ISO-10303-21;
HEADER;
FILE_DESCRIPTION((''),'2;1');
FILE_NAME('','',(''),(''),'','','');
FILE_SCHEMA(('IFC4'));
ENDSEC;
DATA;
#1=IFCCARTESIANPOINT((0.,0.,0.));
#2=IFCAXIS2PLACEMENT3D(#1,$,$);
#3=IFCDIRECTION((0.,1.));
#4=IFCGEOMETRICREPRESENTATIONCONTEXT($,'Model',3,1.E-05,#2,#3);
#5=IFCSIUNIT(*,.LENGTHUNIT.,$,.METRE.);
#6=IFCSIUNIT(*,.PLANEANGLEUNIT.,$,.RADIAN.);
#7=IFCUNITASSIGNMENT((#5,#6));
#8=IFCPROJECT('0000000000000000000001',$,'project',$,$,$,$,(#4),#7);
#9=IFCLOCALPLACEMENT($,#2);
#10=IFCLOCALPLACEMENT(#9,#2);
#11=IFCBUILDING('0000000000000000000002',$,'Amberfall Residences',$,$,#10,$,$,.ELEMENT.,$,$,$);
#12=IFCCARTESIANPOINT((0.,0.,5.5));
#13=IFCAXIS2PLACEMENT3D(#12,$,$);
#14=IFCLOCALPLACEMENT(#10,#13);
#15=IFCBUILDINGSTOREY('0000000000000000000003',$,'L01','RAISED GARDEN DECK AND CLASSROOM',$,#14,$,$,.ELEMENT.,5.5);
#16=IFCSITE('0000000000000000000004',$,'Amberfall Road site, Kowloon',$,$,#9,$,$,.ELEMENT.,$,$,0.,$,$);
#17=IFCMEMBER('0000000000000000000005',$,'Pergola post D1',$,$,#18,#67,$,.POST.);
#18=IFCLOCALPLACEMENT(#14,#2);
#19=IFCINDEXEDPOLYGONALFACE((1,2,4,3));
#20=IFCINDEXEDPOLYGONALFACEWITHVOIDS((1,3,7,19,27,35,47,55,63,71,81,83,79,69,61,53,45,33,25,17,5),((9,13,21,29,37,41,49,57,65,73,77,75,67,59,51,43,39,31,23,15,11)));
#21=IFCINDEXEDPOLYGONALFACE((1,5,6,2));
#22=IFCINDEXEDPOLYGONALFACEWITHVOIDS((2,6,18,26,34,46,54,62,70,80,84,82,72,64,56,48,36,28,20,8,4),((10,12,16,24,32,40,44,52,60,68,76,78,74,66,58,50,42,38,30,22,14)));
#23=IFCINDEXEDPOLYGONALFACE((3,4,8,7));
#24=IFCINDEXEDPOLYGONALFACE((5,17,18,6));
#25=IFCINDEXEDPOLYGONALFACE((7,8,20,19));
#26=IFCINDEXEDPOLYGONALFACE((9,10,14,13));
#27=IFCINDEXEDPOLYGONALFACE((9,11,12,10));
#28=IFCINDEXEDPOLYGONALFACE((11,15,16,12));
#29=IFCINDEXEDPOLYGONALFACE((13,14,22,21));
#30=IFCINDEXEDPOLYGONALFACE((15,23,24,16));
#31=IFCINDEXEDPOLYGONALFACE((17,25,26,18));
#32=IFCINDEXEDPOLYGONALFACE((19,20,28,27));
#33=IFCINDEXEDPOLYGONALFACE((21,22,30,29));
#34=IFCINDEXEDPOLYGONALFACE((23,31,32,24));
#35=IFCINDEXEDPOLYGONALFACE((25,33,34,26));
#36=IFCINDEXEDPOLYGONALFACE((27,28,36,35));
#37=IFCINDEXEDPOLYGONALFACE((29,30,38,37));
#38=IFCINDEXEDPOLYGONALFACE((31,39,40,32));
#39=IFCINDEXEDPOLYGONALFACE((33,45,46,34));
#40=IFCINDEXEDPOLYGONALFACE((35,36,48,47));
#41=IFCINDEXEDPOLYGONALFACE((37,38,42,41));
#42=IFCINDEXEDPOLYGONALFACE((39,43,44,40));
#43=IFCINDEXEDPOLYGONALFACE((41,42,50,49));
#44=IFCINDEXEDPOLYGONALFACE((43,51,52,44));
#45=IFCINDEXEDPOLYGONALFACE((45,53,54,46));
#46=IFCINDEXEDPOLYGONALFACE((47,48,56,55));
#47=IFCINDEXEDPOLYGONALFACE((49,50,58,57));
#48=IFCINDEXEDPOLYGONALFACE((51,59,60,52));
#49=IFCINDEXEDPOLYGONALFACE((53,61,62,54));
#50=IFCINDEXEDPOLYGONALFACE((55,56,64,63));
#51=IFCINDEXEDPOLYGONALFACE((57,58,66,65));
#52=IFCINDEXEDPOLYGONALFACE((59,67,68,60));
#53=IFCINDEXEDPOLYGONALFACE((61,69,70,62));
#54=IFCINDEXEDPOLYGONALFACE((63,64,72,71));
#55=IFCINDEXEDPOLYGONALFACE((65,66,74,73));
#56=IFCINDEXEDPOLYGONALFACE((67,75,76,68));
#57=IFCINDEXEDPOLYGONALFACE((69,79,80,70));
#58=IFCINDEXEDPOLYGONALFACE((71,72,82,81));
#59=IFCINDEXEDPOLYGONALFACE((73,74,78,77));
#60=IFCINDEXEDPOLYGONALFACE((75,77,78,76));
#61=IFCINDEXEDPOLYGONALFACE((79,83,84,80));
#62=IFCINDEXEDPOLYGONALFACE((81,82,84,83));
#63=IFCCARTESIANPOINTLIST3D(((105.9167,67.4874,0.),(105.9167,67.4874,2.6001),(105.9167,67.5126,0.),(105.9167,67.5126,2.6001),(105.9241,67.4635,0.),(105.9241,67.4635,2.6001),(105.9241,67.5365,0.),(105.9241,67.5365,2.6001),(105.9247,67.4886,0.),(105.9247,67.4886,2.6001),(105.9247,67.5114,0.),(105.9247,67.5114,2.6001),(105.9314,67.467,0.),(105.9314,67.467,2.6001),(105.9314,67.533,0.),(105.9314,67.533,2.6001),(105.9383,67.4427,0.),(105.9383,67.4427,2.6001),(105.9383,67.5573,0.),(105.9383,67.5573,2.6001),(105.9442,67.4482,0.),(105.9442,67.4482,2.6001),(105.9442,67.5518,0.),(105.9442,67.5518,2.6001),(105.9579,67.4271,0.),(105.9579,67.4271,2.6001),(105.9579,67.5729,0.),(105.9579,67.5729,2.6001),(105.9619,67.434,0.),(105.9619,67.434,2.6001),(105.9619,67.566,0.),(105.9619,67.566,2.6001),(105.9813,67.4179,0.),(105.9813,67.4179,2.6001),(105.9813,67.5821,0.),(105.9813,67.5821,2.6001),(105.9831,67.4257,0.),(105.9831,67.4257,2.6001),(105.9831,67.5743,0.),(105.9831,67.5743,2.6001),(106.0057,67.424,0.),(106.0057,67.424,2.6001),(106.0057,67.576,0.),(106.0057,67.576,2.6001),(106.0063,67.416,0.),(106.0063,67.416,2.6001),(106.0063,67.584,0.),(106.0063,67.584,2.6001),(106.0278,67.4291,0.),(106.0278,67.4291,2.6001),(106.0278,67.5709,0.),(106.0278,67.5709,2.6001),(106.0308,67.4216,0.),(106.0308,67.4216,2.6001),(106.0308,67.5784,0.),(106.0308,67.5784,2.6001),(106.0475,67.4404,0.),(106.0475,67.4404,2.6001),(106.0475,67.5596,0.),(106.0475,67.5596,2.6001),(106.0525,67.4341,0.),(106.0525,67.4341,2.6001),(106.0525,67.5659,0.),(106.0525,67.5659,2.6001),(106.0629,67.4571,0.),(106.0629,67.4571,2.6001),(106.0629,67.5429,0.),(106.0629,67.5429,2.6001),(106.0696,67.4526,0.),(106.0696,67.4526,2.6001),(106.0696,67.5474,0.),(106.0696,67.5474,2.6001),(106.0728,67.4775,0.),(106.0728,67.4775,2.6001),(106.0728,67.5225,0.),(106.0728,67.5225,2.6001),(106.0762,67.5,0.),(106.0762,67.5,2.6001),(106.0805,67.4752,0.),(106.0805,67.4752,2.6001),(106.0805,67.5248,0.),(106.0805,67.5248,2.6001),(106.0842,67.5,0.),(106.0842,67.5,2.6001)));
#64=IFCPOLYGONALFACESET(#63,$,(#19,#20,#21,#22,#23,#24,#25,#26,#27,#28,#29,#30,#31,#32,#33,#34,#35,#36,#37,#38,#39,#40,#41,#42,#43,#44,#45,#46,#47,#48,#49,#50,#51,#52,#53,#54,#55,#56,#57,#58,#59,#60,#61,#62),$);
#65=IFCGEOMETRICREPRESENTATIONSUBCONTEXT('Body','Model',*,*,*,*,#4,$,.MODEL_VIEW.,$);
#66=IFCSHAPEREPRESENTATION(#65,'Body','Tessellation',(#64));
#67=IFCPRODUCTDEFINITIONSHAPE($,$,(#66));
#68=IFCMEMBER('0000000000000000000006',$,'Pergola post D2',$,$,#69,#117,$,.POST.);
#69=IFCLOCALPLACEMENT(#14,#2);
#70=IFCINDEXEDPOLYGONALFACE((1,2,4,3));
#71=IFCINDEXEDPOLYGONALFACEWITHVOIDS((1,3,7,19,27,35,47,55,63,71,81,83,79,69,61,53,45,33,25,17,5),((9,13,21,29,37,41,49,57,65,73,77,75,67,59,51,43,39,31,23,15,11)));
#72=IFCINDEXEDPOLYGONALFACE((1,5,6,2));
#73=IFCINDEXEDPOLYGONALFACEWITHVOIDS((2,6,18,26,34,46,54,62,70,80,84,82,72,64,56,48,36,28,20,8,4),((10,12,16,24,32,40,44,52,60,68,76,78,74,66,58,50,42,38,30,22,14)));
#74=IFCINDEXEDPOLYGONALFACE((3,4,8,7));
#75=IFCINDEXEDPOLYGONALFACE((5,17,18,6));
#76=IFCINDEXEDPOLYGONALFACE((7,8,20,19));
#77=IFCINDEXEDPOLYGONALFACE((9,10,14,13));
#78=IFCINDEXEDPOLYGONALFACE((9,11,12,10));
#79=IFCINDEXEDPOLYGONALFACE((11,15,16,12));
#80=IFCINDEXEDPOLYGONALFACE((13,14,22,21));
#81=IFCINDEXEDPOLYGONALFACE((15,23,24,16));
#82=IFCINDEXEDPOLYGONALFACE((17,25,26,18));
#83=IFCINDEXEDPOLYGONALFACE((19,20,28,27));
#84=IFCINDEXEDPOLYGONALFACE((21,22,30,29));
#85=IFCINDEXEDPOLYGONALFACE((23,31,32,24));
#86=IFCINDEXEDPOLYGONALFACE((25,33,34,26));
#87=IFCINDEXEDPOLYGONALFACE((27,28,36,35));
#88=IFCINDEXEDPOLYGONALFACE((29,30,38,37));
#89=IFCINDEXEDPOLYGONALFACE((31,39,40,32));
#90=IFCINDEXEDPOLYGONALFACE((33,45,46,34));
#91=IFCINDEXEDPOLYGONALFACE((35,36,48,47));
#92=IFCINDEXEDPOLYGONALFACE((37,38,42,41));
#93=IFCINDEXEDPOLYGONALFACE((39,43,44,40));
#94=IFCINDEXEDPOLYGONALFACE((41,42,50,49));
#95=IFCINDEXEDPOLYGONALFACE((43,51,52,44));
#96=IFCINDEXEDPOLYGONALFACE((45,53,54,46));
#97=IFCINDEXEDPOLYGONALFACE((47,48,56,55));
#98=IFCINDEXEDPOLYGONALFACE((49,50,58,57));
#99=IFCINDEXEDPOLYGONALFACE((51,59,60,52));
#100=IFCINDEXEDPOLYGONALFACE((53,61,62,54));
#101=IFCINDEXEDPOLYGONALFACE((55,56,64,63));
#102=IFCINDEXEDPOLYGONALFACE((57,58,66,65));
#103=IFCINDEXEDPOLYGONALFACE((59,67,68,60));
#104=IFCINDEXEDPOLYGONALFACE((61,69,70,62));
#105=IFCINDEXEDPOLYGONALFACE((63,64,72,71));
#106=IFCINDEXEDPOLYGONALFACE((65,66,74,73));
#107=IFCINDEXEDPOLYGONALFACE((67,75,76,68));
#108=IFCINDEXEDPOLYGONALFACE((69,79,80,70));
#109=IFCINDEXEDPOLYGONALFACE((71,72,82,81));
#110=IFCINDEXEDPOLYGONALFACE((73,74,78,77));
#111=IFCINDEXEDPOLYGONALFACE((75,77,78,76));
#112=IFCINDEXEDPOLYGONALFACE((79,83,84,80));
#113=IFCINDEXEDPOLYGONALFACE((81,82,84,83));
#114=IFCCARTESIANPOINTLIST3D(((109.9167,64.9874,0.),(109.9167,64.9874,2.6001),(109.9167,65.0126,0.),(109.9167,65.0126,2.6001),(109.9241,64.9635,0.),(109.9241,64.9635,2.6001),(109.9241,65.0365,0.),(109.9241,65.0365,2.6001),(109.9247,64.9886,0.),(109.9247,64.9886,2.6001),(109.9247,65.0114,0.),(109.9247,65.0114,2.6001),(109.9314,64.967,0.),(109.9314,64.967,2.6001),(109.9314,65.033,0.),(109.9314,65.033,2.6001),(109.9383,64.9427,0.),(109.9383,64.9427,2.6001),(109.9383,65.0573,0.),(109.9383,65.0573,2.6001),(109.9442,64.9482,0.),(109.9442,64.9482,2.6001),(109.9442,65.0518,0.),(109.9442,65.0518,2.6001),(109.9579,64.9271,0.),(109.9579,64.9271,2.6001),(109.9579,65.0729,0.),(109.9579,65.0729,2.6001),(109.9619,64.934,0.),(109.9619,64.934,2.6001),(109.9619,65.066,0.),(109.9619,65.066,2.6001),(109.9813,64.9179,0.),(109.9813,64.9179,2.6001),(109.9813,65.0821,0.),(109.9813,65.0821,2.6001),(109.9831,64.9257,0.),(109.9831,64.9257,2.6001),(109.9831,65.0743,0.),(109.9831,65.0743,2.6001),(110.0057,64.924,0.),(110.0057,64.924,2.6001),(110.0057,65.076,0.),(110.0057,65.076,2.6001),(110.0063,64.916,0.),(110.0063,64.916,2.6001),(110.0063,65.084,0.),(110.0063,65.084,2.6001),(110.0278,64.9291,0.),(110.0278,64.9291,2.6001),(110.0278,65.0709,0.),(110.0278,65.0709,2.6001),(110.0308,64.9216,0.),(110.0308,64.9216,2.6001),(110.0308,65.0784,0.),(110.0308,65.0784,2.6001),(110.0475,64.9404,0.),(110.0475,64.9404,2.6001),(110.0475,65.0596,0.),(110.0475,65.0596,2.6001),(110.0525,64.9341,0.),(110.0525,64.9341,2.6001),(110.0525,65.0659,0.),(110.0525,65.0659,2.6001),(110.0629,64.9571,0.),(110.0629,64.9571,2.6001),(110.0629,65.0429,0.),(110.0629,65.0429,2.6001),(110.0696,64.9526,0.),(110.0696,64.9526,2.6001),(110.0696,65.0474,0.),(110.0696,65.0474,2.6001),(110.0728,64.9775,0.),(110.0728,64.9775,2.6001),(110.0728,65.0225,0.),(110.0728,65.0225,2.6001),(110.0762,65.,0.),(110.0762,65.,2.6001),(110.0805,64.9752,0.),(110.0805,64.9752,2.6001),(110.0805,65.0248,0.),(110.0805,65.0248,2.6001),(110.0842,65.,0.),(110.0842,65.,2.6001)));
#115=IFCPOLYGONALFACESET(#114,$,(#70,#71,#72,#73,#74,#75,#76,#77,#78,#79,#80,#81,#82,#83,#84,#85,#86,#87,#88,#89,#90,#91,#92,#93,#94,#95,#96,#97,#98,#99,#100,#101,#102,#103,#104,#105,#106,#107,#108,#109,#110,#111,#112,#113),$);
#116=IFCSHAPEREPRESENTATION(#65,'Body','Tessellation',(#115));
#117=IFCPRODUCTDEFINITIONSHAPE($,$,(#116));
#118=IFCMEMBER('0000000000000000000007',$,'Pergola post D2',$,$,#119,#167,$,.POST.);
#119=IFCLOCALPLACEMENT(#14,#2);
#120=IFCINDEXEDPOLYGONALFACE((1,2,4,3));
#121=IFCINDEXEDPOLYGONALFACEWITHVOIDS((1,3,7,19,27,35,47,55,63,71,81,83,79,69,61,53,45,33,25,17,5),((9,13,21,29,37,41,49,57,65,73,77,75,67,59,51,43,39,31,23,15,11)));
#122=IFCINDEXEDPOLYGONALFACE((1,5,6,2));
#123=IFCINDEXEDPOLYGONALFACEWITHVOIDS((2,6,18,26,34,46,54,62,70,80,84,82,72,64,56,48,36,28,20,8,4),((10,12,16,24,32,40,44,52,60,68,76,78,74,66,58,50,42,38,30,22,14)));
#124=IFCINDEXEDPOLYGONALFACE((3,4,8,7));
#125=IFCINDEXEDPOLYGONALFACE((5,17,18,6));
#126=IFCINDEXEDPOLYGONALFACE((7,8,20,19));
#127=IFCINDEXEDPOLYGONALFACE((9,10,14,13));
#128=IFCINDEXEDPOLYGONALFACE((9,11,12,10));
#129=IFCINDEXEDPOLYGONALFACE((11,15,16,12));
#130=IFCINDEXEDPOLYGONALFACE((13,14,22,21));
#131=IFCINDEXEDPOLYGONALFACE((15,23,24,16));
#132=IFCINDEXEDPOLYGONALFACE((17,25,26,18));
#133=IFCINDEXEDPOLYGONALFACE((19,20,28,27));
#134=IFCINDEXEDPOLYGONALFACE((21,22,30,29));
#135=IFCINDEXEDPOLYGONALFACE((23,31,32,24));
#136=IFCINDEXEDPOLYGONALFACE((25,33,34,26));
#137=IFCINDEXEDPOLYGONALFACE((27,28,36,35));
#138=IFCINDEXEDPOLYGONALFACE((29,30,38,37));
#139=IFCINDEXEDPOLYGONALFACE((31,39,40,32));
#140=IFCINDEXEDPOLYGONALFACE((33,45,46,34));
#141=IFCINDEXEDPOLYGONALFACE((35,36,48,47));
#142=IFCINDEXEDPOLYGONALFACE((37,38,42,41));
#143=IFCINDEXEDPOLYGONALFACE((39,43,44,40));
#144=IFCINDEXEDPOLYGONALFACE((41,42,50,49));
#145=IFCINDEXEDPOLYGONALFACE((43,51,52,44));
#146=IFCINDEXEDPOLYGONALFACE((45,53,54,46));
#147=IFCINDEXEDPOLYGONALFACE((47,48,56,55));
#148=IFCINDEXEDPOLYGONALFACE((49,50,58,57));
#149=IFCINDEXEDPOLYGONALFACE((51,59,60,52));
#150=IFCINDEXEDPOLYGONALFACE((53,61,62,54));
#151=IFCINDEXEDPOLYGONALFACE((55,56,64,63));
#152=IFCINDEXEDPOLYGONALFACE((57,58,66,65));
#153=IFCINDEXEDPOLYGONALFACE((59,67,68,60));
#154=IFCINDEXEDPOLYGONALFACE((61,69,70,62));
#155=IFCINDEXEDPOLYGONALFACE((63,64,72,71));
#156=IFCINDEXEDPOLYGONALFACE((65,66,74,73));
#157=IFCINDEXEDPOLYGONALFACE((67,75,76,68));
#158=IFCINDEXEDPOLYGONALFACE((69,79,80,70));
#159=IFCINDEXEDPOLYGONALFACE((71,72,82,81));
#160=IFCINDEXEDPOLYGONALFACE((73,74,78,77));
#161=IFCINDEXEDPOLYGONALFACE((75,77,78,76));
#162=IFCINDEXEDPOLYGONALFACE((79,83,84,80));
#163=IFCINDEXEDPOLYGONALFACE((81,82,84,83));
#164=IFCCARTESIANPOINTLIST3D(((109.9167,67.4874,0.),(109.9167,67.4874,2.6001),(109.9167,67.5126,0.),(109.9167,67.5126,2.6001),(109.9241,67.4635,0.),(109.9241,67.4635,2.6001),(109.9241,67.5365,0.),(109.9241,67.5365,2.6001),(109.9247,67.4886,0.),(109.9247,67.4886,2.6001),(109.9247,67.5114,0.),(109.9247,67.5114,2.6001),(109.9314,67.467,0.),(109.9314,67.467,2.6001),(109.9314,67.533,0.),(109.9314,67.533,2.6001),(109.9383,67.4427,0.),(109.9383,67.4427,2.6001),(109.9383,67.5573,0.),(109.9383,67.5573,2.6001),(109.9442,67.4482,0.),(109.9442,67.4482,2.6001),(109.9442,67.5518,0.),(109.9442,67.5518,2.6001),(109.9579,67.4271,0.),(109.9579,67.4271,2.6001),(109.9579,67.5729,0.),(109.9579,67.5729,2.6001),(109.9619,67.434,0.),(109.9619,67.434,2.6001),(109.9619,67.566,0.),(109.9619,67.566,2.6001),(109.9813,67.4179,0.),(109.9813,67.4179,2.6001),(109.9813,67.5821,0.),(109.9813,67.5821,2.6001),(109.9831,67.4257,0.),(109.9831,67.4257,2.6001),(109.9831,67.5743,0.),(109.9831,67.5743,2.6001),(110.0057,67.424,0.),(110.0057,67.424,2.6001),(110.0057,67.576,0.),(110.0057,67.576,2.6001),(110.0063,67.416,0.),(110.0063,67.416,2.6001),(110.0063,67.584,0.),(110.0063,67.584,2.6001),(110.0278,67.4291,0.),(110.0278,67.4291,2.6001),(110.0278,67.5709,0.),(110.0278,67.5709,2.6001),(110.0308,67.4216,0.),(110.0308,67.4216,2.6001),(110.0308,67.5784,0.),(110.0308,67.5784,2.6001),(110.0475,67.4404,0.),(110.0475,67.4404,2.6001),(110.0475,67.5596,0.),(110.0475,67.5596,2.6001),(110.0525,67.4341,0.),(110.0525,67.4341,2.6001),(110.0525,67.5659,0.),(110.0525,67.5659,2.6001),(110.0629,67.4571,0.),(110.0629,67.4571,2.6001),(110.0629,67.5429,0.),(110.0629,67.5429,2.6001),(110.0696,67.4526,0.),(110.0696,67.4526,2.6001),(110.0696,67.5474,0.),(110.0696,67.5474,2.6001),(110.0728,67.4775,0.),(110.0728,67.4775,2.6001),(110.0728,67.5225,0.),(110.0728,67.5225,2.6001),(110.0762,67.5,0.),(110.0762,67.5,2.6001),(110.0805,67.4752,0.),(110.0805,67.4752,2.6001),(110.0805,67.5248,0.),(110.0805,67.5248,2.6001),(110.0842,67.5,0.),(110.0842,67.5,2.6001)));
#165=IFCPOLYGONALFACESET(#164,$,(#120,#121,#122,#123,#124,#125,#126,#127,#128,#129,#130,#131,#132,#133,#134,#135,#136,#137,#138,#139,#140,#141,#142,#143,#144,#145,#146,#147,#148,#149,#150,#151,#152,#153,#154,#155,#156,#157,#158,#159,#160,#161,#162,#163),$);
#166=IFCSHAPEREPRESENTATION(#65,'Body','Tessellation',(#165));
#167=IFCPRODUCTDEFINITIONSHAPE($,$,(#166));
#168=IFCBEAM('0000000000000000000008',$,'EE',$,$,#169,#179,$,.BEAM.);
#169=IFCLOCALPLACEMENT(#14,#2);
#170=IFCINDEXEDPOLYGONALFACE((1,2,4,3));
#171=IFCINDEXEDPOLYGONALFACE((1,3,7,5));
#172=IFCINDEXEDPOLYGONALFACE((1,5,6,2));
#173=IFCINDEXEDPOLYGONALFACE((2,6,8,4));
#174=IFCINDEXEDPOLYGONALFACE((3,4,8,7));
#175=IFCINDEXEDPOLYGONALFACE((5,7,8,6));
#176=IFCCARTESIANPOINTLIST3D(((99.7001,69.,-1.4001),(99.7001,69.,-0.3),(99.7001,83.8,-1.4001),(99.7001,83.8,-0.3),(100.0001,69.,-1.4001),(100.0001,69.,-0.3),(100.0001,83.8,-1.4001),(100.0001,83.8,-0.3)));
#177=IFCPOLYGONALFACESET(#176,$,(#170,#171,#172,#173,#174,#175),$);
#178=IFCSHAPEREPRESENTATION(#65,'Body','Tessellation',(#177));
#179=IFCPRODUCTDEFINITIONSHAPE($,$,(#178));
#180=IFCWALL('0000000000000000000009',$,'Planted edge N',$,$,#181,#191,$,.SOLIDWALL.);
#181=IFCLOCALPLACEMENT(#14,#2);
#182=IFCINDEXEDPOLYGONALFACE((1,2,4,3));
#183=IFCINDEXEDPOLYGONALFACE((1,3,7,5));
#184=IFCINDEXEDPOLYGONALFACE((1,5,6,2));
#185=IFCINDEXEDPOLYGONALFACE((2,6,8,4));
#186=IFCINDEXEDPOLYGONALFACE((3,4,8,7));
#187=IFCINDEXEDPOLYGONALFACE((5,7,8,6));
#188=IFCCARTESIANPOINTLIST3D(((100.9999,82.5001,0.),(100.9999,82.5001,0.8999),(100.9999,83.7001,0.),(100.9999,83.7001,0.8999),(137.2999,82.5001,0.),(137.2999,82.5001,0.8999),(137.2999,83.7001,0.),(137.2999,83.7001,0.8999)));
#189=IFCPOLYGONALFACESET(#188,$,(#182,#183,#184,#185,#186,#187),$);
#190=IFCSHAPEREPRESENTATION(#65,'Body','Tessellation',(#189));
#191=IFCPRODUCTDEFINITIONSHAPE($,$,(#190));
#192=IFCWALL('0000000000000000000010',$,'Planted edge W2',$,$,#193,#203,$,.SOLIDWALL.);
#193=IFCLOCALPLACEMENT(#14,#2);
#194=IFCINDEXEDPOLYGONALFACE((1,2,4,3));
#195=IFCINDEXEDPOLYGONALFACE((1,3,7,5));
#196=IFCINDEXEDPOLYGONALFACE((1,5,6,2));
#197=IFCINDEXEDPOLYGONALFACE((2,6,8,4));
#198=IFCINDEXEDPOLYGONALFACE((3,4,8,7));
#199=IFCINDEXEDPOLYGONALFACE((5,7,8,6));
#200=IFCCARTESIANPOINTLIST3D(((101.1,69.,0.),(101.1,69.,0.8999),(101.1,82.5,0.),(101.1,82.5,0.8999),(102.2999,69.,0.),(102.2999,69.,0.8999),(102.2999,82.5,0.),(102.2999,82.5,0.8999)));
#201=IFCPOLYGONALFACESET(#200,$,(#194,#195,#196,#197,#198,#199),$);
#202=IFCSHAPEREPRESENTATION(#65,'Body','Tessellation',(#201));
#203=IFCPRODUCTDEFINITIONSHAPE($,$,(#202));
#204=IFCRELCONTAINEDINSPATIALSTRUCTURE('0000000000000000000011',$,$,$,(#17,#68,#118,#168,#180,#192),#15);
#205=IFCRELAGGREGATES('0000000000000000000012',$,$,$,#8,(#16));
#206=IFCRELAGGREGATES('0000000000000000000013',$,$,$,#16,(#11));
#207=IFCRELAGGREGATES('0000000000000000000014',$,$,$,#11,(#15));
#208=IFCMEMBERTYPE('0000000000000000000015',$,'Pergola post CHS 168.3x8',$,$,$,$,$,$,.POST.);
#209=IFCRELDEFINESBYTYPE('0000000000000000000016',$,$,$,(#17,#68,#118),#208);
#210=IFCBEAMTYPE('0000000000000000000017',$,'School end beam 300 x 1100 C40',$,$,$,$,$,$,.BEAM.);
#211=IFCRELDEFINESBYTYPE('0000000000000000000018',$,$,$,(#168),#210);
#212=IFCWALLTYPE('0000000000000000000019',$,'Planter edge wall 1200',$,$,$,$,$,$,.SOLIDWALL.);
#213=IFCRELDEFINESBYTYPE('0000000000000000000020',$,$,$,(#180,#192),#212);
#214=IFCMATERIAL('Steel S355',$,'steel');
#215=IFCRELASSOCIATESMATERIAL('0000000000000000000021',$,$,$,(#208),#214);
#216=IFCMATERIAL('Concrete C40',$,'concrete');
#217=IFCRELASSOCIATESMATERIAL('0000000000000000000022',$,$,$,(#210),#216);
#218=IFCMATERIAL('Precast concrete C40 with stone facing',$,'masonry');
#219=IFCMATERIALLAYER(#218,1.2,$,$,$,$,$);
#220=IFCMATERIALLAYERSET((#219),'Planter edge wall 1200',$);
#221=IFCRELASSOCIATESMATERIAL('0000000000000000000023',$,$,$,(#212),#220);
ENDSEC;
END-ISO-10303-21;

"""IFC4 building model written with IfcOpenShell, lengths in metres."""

from ifc_helpers import new_model, si_unit, direction, frame, frame_2d, origin, origin_2d, place, context, subcontext, project, spatial, rectangle, hollow_circle, extrude, material, layer, layer_set, material_profile, profile_set, type_object, element, save


model = new_model("IFC4")

# Units and contexts
model_context = context("Model", 3, precision=1e-05, world=origin(), true_north=direction((0.0, 1.0)))
body_context = subcontext(model_context, "Body", "Model", "MODEL_VIEW")
ifc_project = project(units=[si_unit("LENGTHUNIT", "METRE"), si_unit("PLANEANGLEUNIT", "RADIAN")], contexts=[model_context])

# Site, building, storey
site_placement = place(None, origin())
site = spatial("IfcSite", under=ifc_project, at=site_placement, Name="Amberfall Road site, Kowloon", CompositionType="ELEMENT", RefElevation=0.0)
building_placement = place(site_placement, origin())
building = spatial("IfcBuilding", under=site, at=building_placement, Name="Amberfall Residences", CompositionType="ELEMENT")
storey_placement = place(building_placement, frame((0.0, 0.0, 5.5)))
storey = spatial("IfcBuildingStorey", under=building, at=storey_placement, Name="L01", Description="RAISED GARDEN DECK AND CLASSROOM", CompositionType="ELEMENT", Elevation=5.5)

# Members
ifc_material_1 = material(Name="Steel S355", Category="steel")
ifc_material_profile_1 = material_profile(ifc_material_1, hollow_circle(Radius=0.0842, WallThickness=0.0081, at=origin_2d()), Name="CHS 168.3x8")
ifc_profile_set_1 = profile_set([ifc_material_profile_1], Name="Steel S355")
member_type_1 = type_object("IfcMemberType", Name="Pergola post CHS 168.3x8", PredefinedType="POST", material=ifc_profile_set_1)
for number, where, z_axis, x_axis, name in (
    (1, (106.0, 67.5, 0.0), (0.0, 0.0, 1.0), (1.0, 0.0, 0.0), "Pergola post D1"),
    (2, (110.0, 65.0, 0.0), (0.0, 0.0, 1.0), (1.0, 0.0, 0.0), "Pergola post D2"),
    (3, (110.0, 67.5, 0.0), (0.0, 0.0, 1.0), (1.0, 0.0, 0.0), "Pergola post D2"),
):
    element("IfcMember", number, at=place(storey_placement, frame(where, z_axis=z_axis, x_axis=x_axis)), inside=storey, type_object=member_type_1, Name=name, PredefinedType="POST", context=body_context, shape_type="SweptSolid", body=[
        extrude(hollow_circle(Radius=0.0842, WallThickness=0.0081, at=origin_2d()), origin(), (0.0, 0.0, 1.0), 2.6001),
    ])

# Beam
ifc_material_2 = material(Name="Concrete C40", Category="concrete")
ifc_material_profile_2 = material_profile(ifc_material_2, rectangle(XDim=0.3, YDim=1.1001, at=origin_2d()), Name="School end beam 300 x 1100 C40")
ifc_profile_set_2 = profile_set([ifc_material_profile_2], Name="Concrete C40")
beam_type = type_object("IfcBeamType", Name="School end beam 300 x 1100 C40", PredefinedType="BEAM", material=ifc_profile_set_2)
beam_placement = place(storey_placement, frame((99.8501, 69.0, -0.8501), z_axis=(0.0, 1.0, 0.0), x_axis=(-1.0, 0.0, 0.0)))
element("IfcBeam", 4, at=beam_placement, inside=storey, type_object=beam_type, Name="EE", PredefinedType="BEAM", context=body_context, shape_type="SweptSolid", body=[
    extrude(rectangle(XDim=0.3, YDim=1.1001, at=origin_2d()), origin(), (0.0, 0.0, 1.0), 14.8),
])

# Walls
ifc_material_3 = material(Name="Precast concrete C40 with stone facing", Category="masonry")
ifc_layer_1 = layer(ifc_material_3, 1.2)
ifc_layer_set_1 = layer_set([ifc_layer_1], Name="Planter edge wall 1200")
wall_type_1 = type_object("IfcWallType", Name="Planter edge wall 1200", PredefinedType="SOLIDWALL", material=ifc_layer_set_1)
wall_1_placement = place(storey_placement, frame((101.0, 83.1001, 0.0), z_axis=(0.0, 0.0, 1.0), x_axis=(1.0, 0.0, 0.0)))
element("IfcWall", 5, at=wall_1_placement, inside=storey, type_object=wall_type_1, Name="Planted edge N", PredefinedType="SOLIDWALL", context=body_context, shape_type="SweptSolid", body=[
    extrude(rectangle(XDim=36.3, YDim=1.2, at=frame_2d((18.1499, 0.0))), origin(), (0.0, 0.0, 1.0), 0.8999),
])
wall_2_placement = place(storey_placement, frame((101.7, 69.0, 0.0), z_axis=(0.0, 0.0, 1.0), x_axis=(0.0, 1.0, 0.0)))
element("IfcWall", 6, at=wall_2_placement, inside=storey, type_object=wall_type_1, Name="Planted edge W2", PredefinedType="SOLIDWALL", context=body_context, shape_type="SweptSolid", body=[
    extrude(rectangle(XDim=13.5, YDim=1.2, at=frame_2d((6.75, 0.0))), origin(), (0.0, 0.0, 1.0), 0.8999),
])

save(model, "model.ifc")
